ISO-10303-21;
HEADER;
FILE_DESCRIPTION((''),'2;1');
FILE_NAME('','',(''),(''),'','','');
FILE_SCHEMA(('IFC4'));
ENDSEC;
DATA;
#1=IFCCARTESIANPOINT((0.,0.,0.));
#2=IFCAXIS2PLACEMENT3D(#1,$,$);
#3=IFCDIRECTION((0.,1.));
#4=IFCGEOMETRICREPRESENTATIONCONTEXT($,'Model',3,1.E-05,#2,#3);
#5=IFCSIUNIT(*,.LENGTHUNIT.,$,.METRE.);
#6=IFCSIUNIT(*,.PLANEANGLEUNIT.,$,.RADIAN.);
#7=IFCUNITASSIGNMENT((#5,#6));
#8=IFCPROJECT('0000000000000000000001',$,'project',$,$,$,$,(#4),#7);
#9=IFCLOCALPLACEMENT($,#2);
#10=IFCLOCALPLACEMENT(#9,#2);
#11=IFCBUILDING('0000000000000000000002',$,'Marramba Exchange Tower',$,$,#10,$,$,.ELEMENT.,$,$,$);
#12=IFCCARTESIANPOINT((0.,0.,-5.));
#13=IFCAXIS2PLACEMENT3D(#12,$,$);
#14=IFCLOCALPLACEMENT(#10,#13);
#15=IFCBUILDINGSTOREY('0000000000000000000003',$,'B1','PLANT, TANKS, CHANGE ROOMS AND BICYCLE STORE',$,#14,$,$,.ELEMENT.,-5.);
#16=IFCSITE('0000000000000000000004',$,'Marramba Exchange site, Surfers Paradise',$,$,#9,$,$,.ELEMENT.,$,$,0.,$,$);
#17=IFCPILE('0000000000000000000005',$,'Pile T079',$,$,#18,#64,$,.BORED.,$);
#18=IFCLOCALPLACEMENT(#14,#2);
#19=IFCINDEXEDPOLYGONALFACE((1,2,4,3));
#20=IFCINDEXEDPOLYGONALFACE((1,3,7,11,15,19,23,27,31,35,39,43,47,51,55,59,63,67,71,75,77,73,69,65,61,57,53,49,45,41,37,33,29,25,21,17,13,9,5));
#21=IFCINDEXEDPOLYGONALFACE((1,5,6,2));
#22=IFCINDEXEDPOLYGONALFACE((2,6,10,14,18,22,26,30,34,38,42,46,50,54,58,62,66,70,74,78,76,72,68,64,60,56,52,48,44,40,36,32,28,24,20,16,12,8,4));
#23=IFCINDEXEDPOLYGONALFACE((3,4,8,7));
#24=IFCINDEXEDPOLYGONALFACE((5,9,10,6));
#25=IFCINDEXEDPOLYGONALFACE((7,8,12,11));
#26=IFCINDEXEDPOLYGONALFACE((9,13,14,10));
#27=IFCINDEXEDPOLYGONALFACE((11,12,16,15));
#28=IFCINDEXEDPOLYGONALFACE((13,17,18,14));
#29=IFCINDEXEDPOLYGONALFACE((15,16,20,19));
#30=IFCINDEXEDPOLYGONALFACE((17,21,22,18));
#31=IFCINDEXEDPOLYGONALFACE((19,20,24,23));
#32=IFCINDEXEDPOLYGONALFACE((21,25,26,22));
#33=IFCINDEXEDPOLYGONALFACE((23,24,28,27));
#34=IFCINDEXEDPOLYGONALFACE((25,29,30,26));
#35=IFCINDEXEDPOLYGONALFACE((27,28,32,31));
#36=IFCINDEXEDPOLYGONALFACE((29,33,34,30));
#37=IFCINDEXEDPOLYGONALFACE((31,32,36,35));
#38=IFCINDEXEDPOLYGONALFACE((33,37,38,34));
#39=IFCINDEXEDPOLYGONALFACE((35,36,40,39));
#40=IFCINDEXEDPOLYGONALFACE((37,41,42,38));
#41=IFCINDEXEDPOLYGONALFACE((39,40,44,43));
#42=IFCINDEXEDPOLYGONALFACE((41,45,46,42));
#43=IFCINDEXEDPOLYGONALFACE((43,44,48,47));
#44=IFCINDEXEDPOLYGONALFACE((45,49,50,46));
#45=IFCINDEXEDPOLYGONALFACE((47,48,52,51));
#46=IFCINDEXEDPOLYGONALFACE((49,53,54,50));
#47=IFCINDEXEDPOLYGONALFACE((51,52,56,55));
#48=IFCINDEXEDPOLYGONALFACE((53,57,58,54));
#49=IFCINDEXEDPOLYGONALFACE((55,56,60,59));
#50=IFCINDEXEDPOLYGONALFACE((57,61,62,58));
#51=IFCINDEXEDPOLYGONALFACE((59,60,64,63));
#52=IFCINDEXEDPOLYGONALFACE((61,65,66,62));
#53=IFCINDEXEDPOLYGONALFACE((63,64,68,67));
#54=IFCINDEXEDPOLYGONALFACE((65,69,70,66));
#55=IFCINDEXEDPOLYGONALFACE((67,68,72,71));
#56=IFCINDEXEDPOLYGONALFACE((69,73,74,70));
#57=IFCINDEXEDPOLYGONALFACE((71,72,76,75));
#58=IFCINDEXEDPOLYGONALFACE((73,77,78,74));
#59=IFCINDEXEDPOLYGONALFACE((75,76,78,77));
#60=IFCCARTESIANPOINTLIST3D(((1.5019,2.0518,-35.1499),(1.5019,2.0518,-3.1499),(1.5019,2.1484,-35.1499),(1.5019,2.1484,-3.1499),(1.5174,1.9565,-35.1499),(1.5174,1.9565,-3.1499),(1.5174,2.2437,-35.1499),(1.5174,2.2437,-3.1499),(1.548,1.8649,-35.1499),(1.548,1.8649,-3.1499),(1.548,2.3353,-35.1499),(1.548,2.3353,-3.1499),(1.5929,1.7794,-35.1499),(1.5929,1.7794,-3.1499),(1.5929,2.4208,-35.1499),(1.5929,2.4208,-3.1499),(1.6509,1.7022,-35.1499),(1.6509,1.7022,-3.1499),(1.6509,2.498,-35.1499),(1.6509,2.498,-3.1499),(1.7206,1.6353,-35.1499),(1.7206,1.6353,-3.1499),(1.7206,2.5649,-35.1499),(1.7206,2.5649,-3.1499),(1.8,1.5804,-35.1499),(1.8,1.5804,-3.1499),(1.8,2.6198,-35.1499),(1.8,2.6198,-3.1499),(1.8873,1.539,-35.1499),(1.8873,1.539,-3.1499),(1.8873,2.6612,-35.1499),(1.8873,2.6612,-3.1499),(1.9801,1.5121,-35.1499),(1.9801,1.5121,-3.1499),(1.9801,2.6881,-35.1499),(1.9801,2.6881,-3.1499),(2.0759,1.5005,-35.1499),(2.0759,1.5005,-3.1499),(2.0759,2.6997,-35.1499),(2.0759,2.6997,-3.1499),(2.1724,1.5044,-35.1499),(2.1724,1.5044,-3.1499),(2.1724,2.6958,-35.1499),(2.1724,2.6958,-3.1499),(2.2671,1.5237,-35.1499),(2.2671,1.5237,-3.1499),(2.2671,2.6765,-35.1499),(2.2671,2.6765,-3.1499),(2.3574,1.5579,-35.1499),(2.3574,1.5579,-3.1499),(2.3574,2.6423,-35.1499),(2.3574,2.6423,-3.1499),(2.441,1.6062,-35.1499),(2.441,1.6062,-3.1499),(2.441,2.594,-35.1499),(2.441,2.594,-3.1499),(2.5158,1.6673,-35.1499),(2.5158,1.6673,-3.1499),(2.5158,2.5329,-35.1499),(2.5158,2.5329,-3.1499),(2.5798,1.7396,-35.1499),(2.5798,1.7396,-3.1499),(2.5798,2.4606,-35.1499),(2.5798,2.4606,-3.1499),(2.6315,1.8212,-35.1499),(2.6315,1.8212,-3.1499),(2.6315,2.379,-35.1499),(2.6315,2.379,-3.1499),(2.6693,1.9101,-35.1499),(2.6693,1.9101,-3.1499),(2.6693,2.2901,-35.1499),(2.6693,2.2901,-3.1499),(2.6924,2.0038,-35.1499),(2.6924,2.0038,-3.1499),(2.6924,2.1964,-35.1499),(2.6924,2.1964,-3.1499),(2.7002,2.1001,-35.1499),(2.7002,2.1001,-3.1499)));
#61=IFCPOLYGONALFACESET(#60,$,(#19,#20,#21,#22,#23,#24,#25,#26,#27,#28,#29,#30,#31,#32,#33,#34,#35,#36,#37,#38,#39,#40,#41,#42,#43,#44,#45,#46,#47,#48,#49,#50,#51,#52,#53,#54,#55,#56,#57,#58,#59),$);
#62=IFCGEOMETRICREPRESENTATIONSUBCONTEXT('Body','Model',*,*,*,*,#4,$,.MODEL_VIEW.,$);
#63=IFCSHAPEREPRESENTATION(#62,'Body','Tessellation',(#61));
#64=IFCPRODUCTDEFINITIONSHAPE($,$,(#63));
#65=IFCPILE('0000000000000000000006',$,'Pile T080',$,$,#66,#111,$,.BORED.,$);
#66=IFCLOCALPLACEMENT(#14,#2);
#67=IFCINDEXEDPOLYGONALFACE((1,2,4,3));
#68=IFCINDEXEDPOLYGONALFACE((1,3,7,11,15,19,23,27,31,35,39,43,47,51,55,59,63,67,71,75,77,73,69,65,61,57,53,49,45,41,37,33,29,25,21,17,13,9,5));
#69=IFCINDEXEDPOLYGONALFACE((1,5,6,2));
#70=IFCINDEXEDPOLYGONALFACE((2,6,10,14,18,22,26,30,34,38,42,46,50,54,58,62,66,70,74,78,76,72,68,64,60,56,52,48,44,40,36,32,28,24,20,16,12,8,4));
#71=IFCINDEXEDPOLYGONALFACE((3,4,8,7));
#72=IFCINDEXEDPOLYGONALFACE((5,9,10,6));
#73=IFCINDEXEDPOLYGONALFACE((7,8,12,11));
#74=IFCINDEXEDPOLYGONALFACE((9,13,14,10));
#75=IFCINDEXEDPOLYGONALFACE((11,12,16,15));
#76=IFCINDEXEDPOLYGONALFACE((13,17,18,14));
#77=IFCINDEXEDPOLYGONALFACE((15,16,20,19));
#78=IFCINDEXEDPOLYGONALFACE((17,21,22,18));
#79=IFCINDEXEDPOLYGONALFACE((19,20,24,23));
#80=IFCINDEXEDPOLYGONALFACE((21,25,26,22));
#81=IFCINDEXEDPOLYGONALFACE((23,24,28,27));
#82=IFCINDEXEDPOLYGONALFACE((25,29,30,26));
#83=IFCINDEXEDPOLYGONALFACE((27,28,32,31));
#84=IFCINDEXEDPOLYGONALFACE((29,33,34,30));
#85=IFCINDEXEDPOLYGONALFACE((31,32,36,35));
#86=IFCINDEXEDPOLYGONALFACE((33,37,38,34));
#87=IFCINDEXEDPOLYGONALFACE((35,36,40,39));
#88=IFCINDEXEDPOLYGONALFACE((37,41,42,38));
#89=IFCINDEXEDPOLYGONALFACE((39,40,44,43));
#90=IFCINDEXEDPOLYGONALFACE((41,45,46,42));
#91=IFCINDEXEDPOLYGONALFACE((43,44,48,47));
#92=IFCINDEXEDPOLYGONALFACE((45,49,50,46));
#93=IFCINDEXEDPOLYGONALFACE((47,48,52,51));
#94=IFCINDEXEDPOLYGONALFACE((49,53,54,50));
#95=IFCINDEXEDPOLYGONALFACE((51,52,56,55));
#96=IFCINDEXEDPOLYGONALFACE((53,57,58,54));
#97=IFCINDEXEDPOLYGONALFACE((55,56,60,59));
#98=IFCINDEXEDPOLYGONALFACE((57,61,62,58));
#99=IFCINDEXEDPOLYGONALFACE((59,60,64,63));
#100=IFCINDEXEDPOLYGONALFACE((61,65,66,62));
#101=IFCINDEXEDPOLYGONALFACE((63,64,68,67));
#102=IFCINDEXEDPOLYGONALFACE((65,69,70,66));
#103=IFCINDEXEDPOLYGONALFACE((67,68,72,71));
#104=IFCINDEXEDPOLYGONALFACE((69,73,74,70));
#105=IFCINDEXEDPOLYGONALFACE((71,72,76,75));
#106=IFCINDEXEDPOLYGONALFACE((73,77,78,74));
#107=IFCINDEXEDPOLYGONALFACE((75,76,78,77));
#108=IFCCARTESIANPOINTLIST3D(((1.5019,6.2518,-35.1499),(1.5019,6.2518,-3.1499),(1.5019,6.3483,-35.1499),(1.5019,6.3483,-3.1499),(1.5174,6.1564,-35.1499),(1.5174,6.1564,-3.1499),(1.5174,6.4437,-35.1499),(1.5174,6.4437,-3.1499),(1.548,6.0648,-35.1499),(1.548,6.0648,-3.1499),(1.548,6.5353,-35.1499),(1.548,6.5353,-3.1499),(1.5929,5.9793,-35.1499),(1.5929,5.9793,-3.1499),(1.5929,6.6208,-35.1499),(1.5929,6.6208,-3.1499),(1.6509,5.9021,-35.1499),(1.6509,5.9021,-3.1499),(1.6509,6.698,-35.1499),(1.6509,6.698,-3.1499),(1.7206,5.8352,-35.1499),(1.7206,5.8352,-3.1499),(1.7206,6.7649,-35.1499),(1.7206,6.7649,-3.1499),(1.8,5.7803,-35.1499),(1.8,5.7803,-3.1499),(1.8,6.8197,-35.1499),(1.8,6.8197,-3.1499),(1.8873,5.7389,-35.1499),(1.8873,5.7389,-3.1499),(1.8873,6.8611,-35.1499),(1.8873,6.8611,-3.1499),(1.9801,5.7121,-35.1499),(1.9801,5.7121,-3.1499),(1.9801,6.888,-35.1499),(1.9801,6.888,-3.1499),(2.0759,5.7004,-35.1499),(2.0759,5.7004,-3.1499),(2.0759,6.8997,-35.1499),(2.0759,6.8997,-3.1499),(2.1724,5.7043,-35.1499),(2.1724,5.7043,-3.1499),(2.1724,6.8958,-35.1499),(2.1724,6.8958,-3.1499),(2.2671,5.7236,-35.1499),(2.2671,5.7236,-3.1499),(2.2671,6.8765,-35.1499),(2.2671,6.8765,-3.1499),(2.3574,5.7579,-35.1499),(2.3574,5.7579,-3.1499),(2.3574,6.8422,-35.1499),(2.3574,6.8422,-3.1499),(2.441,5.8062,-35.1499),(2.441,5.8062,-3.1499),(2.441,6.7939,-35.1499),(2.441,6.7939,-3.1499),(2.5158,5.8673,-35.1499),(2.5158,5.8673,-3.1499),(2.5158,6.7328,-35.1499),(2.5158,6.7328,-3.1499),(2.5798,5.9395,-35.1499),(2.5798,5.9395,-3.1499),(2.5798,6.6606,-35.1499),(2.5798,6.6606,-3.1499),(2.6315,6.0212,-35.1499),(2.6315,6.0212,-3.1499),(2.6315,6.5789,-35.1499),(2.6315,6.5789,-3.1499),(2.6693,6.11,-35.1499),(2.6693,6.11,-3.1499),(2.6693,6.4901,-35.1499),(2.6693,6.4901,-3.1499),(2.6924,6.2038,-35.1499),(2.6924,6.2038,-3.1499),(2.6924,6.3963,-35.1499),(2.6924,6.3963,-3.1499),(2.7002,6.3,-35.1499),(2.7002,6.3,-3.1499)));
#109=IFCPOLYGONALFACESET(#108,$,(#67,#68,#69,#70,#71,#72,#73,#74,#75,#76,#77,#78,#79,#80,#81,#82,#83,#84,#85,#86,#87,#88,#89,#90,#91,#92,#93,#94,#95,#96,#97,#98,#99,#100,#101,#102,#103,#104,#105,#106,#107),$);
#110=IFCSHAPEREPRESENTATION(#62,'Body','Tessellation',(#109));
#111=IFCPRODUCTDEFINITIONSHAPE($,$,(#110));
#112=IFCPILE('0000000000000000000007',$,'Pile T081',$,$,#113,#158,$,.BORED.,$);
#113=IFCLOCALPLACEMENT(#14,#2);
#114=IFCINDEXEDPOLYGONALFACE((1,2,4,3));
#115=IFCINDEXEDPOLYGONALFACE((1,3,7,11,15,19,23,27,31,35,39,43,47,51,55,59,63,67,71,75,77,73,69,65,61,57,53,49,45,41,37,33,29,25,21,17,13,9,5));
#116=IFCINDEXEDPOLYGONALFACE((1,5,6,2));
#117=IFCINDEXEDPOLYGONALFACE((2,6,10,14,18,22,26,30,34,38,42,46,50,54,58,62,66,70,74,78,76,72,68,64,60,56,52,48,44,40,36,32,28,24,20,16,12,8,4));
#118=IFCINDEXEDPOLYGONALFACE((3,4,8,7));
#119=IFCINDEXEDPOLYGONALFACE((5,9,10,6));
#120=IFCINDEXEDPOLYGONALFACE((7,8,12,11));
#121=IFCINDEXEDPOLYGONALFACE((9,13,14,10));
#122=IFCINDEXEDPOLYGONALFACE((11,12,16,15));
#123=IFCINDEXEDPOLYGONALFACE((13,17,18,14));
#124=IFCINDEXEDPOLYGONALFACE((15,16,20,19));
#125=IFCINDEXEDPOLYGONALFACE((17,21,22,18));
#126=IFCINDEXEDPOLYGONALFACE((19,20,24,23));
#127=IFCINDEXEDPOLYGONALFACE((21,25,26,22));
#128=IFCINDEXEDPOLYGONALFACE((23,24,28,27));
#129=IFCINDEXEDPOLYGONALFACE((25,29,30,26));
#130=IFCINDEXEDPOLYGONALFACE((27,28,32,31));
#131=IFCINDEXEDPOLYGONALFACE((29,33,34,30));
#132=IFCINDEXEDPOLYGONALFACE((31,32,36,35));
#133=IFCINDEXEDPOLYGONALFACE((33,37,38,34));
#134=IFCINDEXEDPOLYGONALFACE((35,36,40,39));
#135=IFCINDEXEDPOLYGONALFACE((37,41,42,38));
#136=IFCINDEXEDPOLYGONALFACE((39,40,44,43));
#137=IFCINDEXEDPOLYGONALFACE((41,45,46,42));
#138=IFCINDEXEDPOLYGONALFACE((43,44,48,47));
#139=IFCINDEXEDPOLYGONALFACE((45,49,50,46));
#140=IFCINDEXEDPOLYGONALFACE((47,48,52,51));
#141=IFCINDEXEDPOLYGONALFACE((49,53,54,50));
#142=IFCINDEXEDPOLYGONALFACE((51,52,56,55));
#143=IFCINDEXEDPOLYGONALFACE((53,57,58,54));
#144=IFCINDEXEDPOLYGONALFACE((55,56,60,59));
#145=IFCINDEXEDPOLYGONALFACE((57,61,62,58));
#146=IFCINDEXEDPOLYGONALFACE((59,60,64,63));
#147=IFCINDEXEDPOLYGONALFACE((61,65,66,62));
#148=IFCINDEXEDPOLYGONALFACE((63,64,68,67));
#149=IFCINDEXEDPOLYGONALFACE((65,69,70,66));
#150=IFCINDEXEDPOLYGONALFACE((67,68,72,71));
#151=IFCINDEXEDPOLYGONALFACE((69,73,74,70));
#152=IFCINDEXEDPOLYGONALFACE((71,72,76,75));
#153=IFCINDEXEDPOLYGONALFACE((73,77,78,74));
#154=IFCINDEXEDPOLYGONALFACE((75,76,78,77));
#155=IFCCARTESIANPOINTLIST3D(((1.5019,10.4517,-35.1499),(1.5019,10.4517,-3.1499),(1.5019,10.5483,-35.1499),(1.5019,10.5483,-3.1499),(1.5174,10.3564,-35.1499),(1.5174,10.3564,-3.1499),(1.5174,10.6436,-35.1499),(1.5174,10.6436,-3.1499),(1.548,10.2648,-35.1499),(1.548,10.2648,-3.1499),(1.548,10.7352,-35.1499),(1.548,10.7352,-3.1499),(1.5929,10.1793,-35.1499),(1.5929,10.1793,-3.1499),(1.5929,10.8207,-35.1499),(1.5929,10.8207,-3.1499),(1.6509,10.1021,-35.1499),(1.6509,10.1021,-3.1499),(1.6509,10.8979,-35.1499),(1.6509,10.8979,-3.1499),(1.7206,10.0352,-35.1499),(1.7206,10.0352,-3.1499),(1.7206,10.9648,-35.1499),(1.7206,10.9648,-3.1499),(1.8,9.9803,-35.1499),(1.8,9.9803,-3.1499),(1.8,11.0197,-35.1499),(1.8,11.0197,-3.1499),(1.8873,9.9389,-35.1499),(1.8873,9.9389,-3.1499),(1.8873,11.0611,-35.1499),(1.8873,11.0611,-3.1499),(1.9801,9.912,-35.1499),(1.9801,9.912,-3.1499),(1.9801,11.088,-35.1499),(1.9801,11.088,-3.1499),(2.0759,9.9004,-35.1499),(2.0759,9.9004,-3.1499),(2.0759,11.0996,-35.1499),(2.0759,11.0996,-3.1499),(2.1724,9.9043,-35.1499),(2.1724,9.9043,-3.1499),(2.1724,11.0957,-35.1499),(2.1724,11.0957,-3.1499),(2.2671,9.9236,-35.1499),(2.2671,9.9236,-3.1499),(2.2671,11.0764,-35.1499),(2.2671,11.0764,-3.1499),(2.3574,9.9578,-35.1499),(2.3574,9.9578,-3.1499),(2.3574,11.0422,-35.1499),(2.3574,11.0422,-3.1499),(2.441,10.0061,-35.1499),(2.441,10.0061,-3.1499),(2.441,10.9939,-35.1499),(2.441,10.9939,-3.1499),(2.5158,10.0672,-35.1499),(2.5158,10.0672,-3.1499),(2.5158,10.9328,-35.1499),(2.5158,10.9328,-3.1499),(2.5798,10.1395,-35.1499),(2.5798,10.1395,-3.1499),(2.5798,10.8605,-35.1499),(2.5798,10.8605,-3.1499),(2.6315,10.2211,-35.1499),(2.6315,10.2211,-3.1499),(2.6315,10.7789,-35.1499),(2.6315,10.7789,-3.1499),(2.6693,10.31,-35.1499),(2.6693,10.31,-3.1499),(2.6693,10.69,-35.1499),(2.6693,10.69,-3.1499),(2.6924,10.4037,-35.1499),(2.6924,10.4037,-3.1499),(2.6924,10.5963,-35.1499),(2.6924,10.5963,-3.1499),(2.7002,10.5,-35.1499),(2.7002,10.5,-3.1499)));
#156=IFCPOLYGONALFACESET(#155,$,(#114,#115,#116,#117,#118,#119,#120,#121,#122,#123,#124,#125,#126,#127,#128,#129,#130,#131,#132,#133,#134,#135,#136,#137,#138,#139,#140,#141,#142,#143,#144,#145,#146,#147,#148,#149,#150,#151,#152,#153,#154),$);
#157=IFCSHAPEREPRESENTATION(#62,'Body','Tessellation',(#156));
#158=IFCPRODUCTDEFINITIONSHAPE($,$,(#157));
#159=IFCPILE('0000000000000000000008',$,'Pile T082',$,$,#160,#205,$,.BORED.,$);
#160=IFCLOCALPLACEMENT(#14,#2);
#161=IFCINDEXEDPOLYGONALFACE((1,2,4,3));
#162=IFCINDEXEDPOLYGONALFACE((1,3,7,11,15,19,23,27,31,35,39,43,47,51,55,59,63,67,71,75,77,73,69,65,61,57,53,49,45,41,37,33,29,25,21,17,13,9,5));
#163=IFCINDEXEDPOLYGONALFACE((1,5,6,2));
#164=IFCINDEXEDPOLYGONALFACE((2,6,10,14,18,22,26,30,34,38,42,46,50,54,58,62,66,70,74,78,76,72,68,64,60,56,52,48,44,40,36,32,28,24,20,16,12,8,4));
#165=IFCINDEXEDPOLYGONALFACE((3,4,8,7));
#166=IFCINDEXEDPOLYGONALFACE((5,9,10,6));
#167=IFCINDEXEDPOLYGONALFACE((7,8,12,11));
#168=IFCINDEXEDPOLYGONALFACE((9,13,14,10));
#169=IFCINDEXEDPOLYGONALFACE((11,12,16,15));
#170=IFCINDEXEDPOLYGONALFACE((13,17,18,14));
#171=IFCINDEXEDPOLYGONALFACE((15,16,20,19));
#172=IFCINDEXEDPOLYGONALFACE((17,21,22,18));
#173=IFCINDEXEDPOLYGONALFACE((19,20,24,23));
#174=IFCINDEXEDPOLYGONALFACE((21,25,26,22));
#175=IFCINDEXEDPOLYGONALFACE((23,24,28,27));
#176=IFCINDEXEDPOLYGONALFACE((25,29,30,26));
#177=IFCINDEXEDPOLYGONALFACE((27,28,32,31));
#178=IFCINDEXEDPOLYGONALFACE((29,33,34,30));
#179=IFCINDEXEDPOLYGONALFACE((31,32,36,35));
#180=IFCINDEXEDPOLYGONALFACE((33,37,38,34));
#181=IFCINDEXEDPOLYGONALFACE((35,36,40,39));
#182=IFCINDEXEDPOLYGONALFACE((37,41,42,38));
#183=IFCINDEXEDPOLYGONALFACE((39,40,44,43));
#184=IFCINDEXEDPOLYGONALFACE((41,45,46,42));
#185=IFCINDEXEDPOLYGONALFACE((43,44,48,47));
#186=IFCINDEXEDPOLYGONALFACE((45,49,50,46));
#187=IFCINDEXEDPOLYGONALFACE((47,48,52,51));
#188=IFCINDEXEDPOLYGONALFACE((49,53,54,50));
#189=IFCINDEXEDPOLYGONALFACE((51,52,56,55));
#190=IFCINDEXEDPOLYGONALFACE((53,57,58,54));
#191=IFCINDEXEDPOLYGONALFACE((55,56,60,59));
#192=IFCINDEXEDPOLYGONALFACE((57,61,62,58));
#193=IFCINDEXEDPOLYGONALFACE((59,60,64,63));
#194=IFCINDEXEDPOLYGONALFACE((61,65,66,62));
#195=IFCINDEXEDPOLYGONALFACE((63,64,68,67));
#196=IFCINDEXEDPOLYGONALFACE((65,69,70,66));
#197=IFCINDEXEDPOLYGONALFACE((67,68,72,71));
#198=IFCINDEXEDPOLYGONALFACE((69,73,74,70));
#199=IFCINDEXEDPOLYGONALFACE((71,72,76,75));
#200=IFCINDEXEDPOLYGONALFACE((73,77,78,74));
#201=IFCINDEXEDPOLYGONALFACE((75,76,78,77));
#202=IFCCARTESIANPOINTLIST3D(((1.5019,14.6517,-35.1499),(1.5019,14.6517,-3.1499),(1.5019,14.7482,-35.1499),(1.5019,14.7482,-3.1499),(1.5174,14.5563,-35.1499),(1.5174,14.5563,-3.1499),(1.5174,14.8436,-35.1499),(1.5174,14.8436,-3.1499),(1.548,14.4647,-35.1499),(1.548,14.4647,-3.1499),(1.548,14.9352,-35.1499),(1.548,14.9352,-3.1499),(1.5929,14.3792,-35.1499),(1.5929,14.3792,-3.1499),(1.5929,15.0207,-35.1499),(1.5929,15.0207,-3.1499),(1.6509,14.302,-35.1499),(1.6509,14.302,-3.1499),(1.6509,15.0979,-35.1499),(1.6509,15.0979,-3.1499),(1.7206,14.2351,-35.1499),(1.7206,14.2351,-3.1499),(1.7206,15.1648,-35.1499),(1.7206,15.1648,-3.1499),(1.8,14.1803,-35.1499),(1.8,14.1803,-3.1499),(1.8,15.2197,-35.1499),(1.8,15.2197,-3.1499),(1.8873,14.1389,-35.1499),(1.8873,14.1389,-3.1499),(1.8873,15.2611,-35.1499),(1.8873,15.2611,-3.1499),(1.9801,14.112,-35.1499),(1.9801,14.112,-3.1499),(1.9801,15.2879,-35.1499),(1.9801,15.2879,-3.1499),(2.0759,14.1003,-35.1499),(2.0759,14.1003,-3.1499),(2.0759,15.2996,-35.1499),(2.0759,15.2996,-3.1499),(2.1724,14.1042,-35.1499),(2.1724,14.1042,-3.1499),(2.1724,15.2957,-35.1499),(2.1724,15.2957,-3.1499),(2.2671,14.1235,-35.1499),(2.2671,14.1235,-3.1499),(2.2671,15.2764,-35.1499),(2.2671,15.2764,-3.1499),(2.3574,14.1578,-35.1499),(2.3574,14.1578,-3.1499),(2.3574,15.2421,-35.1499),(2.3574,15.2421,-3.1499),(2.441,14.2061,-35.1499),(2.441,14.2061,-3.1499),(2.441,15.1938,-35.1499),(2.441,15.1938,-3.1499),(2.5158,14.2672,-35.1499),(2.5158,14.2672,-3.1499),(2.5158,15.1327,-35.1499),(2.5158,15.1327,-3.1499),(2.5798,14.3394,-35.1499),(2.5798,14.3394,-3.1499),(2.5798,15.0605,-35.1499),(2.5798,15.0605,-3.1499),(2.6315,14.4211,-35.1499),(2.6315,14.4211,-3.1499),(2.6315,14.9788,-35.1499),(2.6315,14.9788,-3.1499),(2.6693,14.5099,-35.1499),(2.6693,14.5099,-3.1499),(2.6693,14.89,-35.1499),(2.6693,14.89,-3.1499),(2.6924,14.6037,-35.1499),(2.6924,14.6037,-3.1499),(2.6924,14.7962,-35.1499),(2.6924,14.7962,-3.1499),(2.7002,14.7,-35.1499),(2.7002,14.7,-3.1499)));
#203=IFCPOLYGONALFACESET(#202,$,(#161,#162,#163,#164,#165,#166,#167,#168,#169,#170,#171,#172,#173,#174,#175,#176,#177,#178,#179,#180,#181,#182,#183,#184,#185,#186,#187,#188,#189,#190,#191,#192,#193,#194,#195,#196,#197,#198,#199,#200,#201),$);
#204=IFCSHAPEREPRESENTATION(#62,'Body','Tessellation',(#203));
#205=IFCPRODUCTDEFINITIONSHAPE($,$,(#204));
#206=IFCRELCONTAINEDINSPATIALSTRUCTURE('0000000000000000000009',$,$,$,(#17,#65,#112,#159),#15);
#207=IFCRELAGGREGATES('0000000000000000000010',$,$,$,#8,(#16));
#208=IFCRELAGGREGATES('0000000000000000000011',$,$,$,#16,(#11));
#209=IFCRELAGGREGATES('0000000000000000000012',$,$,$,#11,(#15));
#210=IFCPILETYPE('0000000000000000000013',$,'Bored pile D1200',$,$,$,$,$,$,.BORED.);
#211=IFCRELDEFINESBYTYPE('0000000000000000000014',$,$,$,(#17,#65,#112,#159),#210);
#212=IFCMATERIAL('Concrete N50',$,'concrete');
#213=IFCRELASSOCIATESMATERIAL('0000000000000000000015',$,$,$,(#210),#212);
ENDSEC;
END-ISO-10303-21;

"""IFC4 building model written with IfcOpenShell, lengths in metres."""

from ifc_helpers import new_model, si_unit, direction, frame, origin, origin_2d, place, context, subcontext, project, spatial, circle, extrude, material, material_profile, profile_set, type_object, element, save


model = new_model("IFC4")

# Units and contexts
model_context = context("Model", 3, precision=1e-05, world=origin(), true_north=direction((0.0, 1.0)))
body_context = subcontext(model_context, "Body", "Model", "MODEL_VIEW")
ifc_project = project(units=[si_unit("LENGTHUNIT", "METRE"), si_unit("PLANEANGLEUNIT", "RADIAN")], contexts=[model_context])

# Site, building, storey
site_placement = place(None, origin())
site = spatial("IfcSite", under=ifc_project, at=site_placement, Name="Marramba Exchange site, Surfers Paradise", CompositionType="ELEMENT", RefElevation=0.0)
building_placement = place(site_placement, origin())
building = spatial("IfcBuilding", under=site, at=building_placement, Name="Marramba Exchange Tower", CompositionType="ELEMENT")
storey_placement = place(building_placement, frame((0.0, 0.0, -5.0)))
storey = spatial("IfcBuildingStorey", under=building, at=storey_placement, Name="B1", Description="PLANT, TANKS, CHANGE ROOMS AND BICYCLE STORE", CompositionType="ELEMENT", Elevation=-5.0)

# Piles
ifc_material_1 = material(Name="Concrete N50", Category="concrete")
ifc_material_profile = material_profile(ifc_material_1, circle(Radius=0.6001, at=origin_2d()), Name="BP D1200")
ifc_profile_set = profile_set([ifc_material_profile], Name="Concrete N50")
pile_type = type_object("IfcPileType", Name="Bored pile D1200", PredefinedType="BORED", material=ifc_profile_set)
for number, where, z_axis, x_axis, name in (
    (1, (2.1001, 2.1001, -3.1499), (0.0, 0.0, -1.0), (1.0, 0.0, 0.0), "Pile T079"),
    (2, (2.1001, 6.3, -3.1499), (0.0, 0.0, -1.0), (1.0, 0.0, 0.0), "Pile T080"),
    (3, (2.1001, 10.5, -3.1499), (0.0, 0.0, -1.0), (1.0, 0.0, 0.0), "Pile T081"),
    (4, (2.1001, 14.7, -3.1499), (0.0, 0.0, -1.0), (1.0, 0.0, 0.0), "Pile T082"),
):
    element("IfcPile", number, at=place(storey_placement, frame(where, z_axis=z_axis, x_axis=x_axis)), inside=storey, type_object=pile_type, Name=name, PredefinedType="BORED", context=body_context, shape_type="SweptSolid", body=[
        extrude(circle(Radius=0.6001, at=origin_2d()), origin(), (0.0, 0.0, 1.0), 32.0),
    ])

save(model, "model.ifc")
